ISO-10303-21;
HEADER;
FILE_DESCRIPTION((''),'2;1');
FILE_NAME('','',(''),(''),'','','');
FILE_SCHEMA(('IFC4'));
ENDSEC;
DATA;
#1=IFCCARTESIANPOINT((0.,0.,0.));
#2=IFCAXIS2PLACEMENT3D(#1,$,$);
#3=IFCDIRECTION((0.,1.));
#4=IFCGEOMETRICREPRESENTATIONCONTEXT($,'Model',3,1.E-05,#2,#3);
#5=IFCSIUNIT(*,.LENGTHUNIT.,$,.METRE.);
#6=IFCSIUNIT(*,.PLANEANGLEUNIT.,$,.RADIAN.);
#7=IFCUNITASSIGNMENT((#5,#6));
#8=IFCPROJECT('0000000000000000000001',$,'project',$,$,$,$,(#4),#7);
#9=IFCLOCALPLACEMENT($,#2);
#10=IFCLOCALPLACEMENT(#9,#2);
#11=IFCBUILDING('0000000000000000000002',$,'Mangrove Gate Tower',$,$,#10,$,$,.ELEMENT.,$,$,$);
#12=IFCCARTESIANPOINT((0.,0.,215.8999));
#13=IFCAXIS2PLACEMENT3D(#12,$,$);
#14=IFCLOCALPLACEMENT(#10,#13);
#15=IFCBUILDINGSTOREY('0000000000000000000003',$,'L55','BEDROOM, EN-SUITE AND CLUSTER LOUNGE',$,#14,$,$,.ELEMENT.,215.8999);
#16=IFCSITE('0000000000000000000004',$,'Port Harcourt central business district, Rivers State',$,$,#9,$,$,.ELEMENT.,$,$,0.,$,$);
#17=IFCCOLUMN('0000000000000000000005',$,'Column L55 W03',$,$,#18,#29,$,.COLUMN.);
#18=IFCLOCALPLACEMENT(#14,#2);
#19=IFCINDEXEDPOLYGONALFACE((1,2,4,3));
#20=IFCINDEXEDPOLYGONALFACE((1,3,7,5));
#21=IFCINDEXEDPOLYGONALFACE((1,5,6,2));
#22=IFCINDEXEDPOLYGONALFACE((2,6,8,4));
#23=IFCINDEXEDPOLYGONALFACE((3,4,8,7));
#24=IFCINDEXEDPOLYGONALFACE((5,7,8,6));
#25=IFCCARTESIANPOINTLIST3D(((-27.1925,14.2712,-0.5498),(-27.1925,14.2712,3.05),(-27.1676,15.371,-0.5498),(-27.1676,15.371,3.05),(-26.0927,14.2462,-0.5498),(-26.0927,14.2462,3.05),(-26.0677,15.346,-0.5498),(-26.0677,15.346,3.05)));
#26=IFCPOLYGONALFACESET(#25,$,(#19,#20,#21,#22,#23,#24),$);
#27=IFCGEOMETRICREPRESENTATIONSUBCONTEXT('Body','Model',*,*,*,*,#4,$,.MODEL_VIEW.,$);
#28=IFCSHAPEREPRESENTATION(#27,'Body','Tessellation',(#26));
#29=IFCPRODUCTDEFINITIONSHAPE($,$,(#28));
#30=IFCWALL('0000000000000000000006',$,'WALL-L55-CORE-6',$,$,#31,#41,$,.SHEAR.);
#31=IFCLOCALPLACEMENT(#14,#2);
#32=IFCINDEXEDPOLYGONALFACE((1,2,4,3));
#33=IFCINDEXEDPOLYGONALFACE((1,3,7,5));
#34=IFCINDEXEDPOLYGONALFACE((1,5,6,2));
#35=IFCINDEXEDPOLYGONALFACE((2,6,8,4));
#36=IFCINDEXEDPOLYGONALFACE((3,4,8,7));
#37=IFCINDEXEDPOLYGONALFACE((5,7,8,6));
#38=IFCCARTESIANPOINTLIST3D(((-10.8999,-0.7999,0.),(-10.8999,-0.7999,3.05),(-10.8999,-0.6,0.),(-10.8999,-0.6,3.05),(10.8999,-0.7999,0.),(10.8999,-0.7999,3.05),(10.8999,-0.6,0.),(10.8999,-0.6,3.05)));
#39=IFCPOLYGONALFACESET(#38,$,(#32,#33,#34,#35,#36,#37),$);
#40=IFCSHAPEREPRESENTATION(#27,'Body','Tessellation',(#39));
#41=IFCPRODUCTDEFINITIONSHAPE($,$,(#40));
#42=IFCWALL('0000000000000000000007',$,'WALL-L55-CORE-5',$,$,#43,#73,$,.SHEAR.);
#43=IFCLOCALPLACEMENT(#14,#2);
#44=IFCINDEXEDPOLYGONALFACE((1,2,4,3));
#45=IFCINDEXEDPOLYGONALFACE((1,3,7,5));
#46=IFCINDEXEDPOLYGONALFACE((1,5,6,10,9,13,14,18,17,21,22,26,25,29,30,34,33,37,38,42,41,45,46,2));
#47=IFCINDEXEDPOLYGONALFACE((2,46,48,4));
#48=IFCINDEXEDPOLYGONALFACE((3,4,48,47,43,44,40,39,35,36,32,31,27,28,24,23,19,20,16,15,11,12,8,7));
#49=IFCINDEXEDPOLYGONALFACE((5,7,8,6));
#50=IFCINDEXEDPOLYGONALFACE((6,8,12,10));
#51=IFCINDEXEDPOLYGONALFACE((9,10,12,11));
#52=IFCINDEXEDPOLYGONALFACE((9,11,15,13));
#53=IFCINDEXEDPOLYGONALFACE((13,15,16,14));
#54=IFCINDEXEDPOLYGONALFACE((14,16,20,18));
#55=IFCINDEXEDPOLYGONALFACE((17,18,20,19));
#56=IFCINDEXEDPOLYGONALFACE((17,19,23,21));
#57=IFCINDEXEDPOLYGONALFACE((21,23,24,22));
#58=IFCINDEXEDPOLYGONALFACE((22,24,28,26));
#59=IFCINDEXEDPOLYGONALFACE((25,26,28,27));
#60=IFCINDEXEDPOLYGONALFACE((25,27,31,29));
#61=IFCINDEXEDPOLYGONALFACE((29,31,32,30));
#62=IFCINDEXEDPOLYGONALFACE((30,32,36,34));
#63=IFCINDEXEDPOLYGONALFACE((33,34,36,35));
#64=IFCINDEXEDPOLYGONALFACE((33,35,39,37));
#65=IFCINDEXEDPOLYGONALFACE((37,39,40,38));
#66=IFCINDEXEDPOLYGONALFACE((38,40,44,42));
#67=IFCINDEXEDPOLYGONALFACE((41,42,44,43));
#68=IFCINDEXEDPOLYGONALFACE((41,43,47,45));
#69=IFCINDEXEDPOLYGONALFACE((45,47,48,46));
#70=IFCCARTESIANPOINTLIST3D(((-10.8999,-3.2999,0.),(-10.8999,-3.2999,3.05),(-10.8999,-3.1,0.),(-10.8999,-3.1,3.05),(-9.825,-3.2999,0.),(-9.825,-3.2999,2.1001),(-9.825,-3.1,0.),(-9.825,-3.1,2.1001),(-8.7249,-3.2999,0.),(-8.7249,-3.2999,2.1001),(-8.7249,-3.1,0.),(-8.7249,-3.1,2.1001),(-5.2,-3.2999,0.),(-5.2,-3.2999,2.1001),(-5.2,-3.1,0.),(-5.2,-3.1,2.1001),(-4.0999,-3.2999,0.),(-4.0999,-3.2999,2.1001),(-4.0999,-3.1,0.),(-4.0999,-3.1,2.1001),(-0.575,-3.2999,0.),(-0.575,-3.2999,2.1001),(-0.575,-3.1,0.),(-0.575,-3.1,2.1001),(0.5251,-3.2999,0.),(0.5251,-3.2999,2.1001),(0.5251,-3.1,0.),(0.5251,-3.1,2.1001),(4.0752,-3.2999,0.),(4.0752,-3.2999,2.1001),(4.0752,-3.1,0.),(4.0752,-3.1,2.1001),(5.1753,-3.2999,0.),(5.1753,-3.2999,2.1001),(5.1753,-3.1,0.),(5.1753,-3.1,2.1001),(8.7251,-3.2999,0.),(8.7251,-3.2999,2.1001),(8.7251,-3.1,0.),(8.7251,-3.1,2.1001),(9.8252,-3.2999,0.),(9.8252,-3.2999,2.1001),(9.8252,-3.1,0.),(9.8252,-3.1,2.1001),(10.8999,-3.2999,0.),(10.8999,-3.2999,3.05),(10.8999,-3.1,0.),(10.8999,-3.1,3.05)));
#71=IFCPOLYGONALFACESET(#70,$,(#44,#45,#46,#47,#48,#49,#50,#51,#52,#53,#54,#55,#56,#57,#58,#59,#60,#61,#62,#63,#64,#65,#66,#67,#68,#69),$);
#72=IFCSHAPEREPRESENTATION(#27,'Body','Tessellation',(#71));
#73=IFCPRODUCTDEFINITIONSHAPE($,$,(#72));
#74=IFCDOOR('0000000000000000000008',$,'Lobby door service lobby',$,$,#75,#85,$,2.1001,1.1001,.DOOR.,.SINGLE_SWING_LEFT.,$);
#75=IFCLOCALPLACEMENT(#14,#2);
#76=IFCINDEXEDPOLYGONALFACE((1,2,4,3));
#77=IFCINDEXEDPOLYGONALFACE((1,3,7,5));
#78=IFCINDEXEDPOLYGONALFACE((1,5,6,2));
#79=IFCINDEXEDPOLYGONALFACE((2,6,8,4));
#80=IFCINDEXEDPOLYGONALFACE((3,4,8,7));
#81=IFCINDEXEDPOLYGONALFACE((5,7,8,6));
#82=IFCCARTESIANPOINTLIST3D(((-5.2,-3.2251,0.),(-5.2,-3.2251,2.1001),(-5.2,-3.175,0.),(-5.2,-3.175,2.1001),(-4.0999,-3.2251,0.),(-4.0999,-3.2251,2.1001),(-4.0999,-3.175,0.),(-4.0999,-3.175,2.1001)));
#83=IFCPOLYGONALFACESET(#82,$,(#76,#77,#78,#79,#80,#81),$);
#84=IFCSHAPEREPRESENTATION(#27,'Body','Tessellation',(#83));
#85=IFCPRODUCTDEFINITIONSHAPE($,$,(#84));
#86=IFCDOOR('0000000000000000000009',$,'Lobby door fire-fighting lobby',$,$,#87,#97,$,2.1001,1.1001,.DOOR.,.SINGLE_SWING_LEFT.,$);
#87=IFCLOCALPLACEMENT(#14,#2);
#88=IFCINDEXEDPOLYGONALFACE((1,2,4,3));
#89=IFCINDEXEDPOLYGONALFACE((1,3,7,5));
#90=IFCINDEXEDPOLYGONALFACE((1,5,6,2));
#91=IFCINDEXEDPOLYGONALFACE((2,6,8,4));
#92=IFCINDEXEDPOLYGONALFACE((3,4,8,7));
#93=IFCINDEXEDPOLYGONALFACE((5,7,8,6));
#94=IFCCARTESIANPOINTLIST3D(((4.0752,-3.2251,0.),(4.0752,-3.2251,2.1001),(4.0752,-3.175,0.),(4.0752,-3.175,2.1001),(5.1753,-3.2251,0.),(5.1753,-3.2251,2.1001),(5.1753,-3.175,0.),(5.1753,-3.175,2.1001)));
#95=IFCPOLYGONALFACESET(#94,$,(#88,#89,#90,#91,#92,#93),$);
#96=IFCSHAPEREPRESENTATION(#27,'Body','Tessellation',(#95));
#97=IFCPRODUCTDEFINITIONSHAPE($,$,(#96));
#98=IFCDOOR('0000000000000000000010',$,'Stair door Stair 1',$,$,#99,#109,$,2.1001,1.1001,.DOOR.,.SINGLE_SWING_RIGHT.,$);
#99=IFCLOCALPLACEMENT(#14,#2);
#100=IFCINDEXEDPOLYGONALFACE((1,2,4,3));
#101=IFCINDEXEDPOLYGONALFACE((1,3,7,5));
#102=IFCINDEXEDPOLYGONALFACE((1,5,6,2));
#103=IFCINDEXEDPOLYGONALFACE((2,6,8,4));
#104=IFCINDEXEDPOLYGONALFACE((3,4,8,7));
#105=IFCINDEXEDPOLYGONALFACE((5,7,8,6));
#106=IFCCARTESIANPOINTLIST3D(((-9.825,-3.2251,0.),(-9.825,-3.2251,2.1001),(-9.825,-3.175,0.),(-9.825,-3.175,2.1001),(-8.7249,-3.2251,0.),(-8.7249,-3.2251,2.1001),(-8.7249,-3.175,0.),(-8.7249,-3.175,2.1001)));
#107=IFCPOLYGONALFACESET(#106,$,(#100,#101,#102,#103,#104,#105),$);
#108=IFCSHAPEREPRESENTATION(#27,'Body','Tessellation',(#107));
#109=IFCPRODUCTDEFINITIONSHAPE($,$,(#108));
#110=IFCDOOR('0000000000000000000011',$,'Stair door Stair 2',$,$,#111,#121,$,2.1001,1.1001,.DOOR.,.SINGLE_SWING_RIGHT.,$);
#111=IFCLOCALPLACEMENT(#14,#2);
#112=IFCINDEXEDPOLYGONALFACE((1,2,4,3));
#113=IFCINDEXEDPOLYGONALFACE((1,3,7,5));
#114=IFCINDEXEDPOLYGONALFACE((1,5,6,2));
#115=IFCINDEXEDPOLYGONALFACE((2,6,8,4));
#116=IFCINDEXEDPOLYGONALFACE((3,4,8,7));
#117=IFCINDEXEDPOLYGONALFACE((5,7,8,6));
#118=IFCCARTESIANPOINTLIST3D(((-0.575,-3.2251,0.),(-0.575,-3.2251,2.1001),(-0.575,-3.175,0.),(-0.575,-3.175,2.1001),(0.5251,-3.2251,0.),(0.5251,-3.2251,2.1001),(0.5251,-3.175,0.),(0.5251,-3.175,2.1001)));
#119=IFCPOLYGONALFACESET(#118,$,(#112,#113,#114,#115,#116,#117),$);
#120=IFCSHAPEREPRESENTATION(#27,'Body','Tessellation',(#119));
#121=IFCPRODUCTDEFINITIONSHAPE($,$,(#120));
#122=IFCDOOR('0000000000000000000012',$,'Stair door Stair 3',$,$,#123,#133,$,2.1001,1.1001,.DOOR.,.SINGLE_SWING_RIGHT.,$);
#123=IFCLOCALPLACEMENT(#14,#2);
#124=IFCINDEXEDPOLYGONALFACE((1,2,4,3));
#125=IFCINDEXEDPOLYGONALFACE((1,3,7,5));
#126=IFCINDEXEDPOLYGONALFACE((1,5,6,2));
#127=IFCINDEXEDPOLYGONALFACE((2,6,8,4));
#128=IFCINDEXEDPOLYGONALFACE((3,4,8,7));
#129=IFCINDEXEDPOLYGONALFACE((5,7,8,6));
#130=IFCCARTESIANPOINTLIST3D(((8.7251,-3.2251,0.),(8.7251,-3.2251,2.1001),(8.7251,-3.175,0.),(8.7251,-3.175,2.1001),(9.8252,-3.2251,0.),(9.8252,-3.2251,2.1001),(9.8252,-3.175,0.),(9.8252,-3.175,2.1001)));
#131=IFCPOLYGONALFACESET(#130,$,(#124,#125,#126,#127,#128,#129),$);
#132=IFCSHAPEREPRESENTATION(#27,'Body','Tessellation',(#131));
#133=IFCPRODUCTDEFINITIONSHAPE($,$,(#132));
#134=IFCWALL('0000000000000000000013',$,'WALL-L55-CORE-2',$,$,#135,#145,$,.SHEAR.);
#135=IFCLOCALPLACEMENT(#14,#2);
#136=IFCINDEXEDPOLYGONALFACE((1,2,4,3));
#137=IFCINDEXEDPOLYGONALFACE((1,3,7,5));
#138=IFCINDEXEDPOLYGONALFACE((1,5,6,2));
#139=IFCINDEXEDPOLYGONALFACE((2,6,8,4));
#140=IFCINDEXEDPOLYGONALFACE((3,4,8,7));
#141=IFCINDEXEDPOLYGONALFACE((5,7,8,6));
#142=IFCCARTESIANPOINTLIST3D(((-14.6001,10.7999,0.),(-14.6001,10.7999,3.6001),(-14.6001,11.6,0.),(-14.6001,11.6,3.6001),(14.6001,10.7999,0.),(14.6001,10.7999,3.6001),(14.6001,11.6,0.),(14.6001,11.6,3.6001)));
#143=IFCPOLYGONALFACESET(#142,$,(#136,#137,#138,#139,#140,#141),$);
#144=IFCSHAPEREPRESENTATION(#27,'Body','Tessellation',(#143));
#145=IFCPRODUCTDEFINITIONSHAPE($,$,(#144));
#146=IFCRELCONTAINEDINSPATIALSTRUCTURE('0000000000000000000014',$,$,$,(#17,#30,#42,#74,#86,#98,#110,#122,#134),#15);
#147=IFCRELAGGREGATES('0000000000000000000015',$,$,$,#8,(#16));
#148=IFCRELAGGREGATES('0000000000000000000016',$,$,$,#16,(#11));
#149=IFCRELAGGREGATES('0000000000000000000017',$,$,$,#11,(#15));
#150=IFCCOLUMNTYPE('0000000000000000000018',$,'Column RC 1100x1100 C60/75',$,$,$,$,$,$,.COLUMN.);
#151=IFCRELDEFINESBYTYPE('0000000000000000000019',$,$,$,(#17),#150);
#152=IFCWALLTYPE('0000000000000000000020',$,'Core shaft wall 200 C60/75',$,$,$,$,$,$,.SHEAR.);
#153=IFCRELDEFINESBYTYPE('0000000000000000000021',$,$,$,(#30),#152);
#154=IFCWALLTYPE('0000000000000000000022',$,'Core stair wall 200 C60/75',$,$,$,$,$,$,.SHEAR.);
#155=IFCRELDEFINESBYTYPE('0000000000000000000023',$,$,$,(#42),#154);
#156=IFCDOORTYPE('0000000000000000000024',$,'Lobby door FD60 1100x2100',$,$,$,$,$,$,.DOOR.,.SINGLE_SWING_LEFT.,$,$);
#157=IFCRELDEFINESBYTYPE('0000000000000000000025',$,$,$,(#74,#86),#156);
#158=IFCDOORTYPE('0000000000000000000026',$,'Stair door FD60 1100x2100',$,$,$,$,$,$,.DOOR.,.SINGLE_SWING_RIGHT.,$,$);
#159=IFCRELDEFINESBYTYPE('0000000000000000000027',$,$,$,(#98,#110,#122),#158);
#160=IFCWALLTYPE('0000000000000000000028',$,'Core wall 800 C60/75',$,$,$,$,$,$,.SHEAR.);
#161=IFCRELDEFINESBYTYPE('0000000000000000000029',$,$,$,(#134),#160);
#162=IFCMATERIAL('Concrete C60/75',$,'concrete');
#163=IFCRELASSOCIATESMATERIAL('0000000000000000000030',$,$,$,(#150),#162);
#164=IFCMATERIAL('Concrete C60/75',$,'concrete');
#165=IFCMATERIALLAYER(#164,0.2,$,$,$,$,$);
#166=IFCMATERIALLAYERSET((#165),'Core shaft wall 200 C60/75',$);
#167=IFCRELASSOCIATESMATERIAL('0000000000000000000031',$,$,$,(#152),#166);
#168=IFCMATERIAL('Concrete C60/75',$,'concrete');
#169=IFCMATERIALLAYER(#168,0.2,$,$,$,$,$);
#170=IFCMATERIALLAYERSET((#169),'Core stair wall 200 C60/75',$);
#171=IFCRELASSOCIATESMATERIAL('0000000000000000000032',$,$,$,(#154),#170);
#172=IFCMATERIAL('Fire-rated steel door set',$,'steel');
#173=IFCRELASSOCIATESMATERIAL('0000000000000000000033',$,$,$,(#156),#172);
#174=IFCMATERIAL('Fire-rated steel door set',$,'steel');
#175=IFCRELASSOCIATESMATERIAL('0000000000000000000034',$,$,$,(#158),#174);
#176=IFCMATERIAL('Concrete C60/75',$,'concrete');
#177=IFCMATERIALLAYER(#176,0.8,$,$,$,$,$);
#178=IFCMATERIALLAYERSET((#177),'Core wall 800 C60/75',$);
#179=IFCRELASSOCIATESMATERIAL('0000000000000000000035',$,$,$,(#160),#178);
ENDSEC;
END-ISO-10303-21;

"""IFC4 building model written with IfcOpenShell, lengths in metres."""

from ifc_helpers import new_model, si_unit, direction, frame, frame_2d, origin, origin_2d, place, context, subcontext, project, spatial, rectangle, extrude, material, layer, layer_set, material_profile, profile_set, type_object, element, fill, save


model = new_model("IFC4")

# Units and contexts
model_context = context("Model", 3, precision=1e-05, world=origin(), true_north=direction((0.0, 1.0)))
body_context = subcontext(model_context, "Body", "Model", "MODEL_VIEW")
ifc_project = project(units=[si_unit("LENGTHUNIT", "METRE"), si_unit("PLANEANGLEUNIT", "RADIAN")], contexts=[model_context])

# Site, building, storey
site_placement = place(None, origin())
site = spatial("IfcSite", under=ifc_project, at=site_placement, Name="Port Harcourt central business district, Rivers State", CompositionType="ELEMENT", RefElevation=0.0)
building_placement = place(site_placement, origin())
building = spatial("IfcBuilding", under=site, at=building_placement, Name="Mangrove Gate Tower", CompositionType="ELEMENT")
storey_placement = place(building_placement, frame((0.0, 0.0, 215.8999)))
storey = spatial("IfcBuildingStorey", under=building, at=storey_placement, Name="L55", Description="BEDROOM, EN-SUITE AND CLUSTER LOUNGE", CompositionType="ELEMENT", Elevation=215.8999)

# Column
ifc_material_1 = material(Name="Concrete C60/75", Category="concrete")
ifc_material_profile = material_profile(ifc_material_1, rectangle(XDim=1.1001, YDim=1.1001, at=origin_2d()))
ifc_profile_set = profile_set([ifc_material_profile], Name="Concrete C60/75")
column_type = type_object("IfcColumnType", Name="Column RC 1100x1100 C60/75", PredefinedType="COLUMN", material=ifc_profile_set)
column_placement = place(storey_placement, frame((-26.6301, 14.8086, -0.5498), z_axis=(0.0, 0.0, 1.0), x_axis=(-0.022672, -0.999743, 0.0)))
element("IfcColumn", 1, at=column_placement, inside=storey, type_object=column_type, Name="Column L55 W03", PredefinedType="COLUMN", context=body_context, shape_type="SweptSolid", body=[
    extrude(rectangle(XDim=1.1001, YDim=1.1001, at=origin_2d()), origin(), (0.0, 0.0, 1.0), 3.5999),
])

# Wall
ifc_material_2 = material(Name="Concrete C60/75", Category="concrete")
ifc_layer_1 = layer(ifc_material_2, 0.2)
ifc_layer_set_1 = layer_set([ifc_layer_1], Name="Core shaft wall 200 C60/75")
wall_type_1 = type_object("IfcWallType", Name="Core shaft wall 200 C60/75", PredefinedType="SHEAR", material=ifc_layer_set_1)
wall_1_placement = place(storey_placement, frame((-10.8999, -0.7, 0.0), z_axis=(0.0, 0.0, 1.0), x_axis=(1.0, 0.0, 0.0)))
element("IfcWall", 2, at=wall_1_placement, inside=storey, type_object=wall_type_1, Name="WALL-L55-CORE-6", PredefinedType="SHEAR", context=body_context, shape_type="SweptSolid", body=[
    extrude(rectangle(XDim=21.7998, YDim=0.2, at=frame_2d((10.8999, 0.0))), origin(), (0.0, 0.0, 1.0), 3.05),
])

# Wall, openings, doors
ifc_material_3 = material(Name="Concrete C60/75", Category="concrete")
ifc_layer_2 = layer(ifc_material_3, 0.2)
ifc_layer_set_2 = layer_set([ifc_layer_2], Name="Core stair wall 200 C60/75")
wall_type_2 = type_object("IfcWallType", Name="Core stair wall 200 C60/75", PredefinedType="SHEAR", material=ifc_layer_set_2)
wall_2_placement = place(storey_placement, frame((-10.8999, -3.2, 0.0), z_axis=(0.0, 0.0, 1.0), x_axis=(1.0, 0.0, 0.0)))
wall_2 = element("IfcWall", 3, at=wall_2_placement, inside=storey, type_object=wall_type_2, Name="WALL-L55-CORE-5", PredefinedType="SHEAR", context=body_context, shape_type="SweptSolid", body=[
    extrude(rectangle(XDim=21.7998, YDim=0.2, at=frame_2d((10.8999, 0.0))), origin(), (0.0, 0.0, 1.0), 3.05),
])
opening_1_placement = place(wall_2_placement, frame((1.075, 0.0, 0.0)))
opening_1 = element("IfcOpeningElement", 4, at=opening_1_placement, cuts=wall_2, PredefinedType="OPENING", context=body_context, shape_type="SweptSolid", body=[
    extrude(rectangle(XDim=1.1001, YDim=2.1001, at=frame_2d((0.55, 1.05))), frame((0.0, 0.1099, 0.0), z_axis=(0.0, -1.0, 0.0), x_axis=(1.0, 0.0, 0.0)), (0.0, 0.0, 1.0), 0.22),
])
opening_2_placement = place(wall_2_placement, frame((10.325, 0.0, 0.0)))
opening_2 = element("IfcOpeningElement", 5, at=opening_2_placement, cuts=wall_2, PredefinedType="OPENING", context=body_context, shape_type="SweptSolid", body=[
    extrude(rectangle(XDim=1.1001, YDim=2.1001, at=frame_2d((0.55, 1.05))), frame((0.0, 0.1099, 0.0), z_axis=(0.0, -1.0, 0.0), x_axis=(1.0, 0.0, 0.0)), (0.0, 0.0, 1.0), 0.22),
])
opening_3_placement = place(wall_2_placement, frame((19.625, 0.0, 0.0)))
opening_3 = element("IfcOpeningElement", 6, at=opening_3_placement, cuts=wall_2, PredefinedType="OPENING", context=body_context, shape_type="SweptSolid", body=[
    extrude(rectangle(XDim=1.1001, YDim=2.1001, at=frame_2d((0.55, 1.05))), frame((0.0, 0.1099, 0.0), z_axis=(0.0, -1.0, 0.0), x_axis=(1.0, 0.0, 0.0)), (0.0, 0.0, 1.0), 0.22),
])
opening_4_placement = place(wall_2_placement, frame((5.7, 0.0, 0.0)))
opening_4 = element("IfcOpeningElement", 7, at=opening_4_placement, cuts=wall_2, PredefinedType="OPENING", context=body_context, shape_type="SweptSolid", body=[
    extrude(rectangle(XDim=1.1001, YDim=2.1001, at=frame_2d((0.55, 1.05))), frame((0.0, 0.1099, 0.0), z_axis=(0.0, -1.0, 0.0), x_axis=(1.0, 0.0, 0.0)), (0.0, 0.0, 1.0), 0.22),
])
opening_5_placement = place(wall_2_placement, frame((14.9751, 0.0, 0.0)))
opening_5 = element("IfcOpeningElement", 8, at=opening_5_placement, cuts=wall_2, PredefinedType="OPENING", context=body_context, shape_type="SweptSolid", body=[
    extrude(rectangle(XDim=1.1001, YDim=2.1001, at=frame_2d((0.55, 1.05))), frame((0.0, 0.1099, 0.0), z_axis=(0.0, -1.0, 0.0), x_axis=(1.0, 0.0, 0.0)), (0.0, 0.0, 1.0), 0.22),
])
ifc_material_4 = material(Name="Fire-rated steel door set", Category="steel")
door_type_1 = type_object("IfcDoorType", Name="Lobby door FD60 1100x2100", OperationType="SINGLE_SWING_LEFT", PredefinedType="DOOR", material=ifc_material_4)
door_1_placement = place(opening_4_placement, origin())
door_1 = element("IfcDoor", 9, at=door_1_placement, inside=storey, type_object=door_type_1, Name="Lobby door service lobby", OperationType="SINGLE_SWING_LEFT", OverallHeight=2.1001, OverallWidth=1.1001, PredefinedType="DOOR", context=body_context, shape_type="SweptSolid", body=[
    extrude(rectangle(XDim=1.1001, YDim=2.1001, at=frame_2d((0.55, 1.05))), frame((0.0, 0.0249, 0.0), z_axis=(0.0, -1.0, 0.0), x_axis=(1.0, 0.0, 0.0)), (0.0, 0.0, 1.0), 0.05),
])
fill(opening_4, door_1)
door_2_placement = place(opening_5_placement, origin())
door_2 = element("IfcDoor", 10, at=door_2_placement, inside=storey, type_object=door_type_1, Name="Lobby door fire-fighting lobby", OperationType="SINGLE_SWING_LEFT", OverallHeight=2.1001, OverallWidth=1.1001, PredefinedType="DOOR", context=body_context, shape_type="SweptSolid", body=[
    extrude(rectangle(XDim=1.1001, YDim=2.1001, at=frame_2d((0.55, 1.05))), frame((0.0, 0.0249, 0.0), z_axis=(0.0, -1.0, 0.0), x_axis=(1.0, 0.0, 0.0)), (0.0, 0.0, 1.0), 0.05),
])
fill(opening_5, door_2)
ifc_material_5 = material(Name="Fire-rated steel door set", Category="steel")
door_type_2 = type_object("IfcDoorType", Name="Stair door FD60 1100x2100", OperationType="SINGLE_SWING_RIGHT", PredefinedType="DOOR", material=ifc_material_5)
door_3_placement = place(opening_1_placement, origin())
door_3 = element("IfcDoor", 11, at=door_3_placement, inside=storey, type_object=door_type_2, Name="Stair door Stair 1", OperationType="SINGLE_SWING_RIGHT", OverallHeight=2.1001, OverallWidth=1.1001, PredefinedType="DOOR", context=body_context, shape_type="SweptSolid", body=[
    extrude(rectangle(XDim=1.1001, YDim=2.1001, at=frame_2d((0.55, 1.05))), frame((0.0, 0.0249, 0.0), z_axis=(0.0, -1.0, 0.0), x_axis=(1.0, 0.0, 0.0)), (0.0, 0.0, 1.0), 0.05),
])
fill(opening_1, door_3)
door_4_placement = place(opening_2_placement, origin())
door_4 = element("IfcDoor", 12, at=door_4_placement, inside=storey, type_object=door_type_2, Name="Stair door Stair 2", OperationType="SINGLE_SWING_RIGHT", OverallHeight=2.1001, OverallWidth=1.1001, PredefinedType="DOOR", context=body_context, shape_type="SweptSolid", body=[
    extrude(rectangle(XDim=1.1001, YDim=2.1001, at=frame_2d((0.55, 1.05))), frame((0.0, 0.0249, 0.0), z_axis=(0.0, -1.0, 0.0), x_axis=(1.0, 0.0, 0.0)), (0.0, 0.0, 1.0), 0.05),
])
fill(opening_2, door_4)
door_5_placement = place(opening_3_placement, origin())
door_5 = element("IfcDoor", 13, at=door_5_placement, inside=storey, type_object=door_type_2, Name="Stair door Stair 3", OperationType="SINGLE_SWING_RIGHT", OverallHeight=2.1001, OverallWidth=1.1001, PredefinedType="DOOR", context=body_context, shape_type="SweptSolid", body=[
    extrude(rectangle(XDim=1.1001, YDim=2.1001, at=frame_2d((0.55, 1.05))), frame((0.0, 0.0249, 0.0), z_axis=(0.0, -1.0, 0.0), x_axis=(1.0, 0.0, 0.0)), (0.0, 0.0, 1.0), 0.05),
])
fill(opening_3, door_5)

# Wall
ifc_material_6 = material(Name="Concrete C60/75", Category="concrete")
ifc_layer_3 = layer(ifc_material_6, 0.8)
ifc_layer_set_3 = layer_set([ifc_layer_3], Name="Core wall 800 C60/75")
wall_type_3 = type_object("IfcWallType", Name="Core wall 800 C60/75", PredefinedType="SHEAR", material=ifc_layer_set_3)
wall_3_placement = place(storey_placement, frame((-14.6001, 11.2, 0.0), z_axis=(0.0, 0.0, 1.0), x_axis=(1.0, 0.0, 0.0)))
element("IfcWall", 14, at=wall_3_placement, inside=storey, type_object=wall_type_3, Name="WALL-L55-CORE-2", PredefinedType="SHEAR", context=body_context, shape_type="SweptSolid", body=[
    extrude(rectangle(XDim=29.2002, YDim=0.8, at=frame_2d((14.6001, 0.0))), origin(), (0.0, 0.0, 1.0), 3.6001),
])

save(model, "model.ifc")
